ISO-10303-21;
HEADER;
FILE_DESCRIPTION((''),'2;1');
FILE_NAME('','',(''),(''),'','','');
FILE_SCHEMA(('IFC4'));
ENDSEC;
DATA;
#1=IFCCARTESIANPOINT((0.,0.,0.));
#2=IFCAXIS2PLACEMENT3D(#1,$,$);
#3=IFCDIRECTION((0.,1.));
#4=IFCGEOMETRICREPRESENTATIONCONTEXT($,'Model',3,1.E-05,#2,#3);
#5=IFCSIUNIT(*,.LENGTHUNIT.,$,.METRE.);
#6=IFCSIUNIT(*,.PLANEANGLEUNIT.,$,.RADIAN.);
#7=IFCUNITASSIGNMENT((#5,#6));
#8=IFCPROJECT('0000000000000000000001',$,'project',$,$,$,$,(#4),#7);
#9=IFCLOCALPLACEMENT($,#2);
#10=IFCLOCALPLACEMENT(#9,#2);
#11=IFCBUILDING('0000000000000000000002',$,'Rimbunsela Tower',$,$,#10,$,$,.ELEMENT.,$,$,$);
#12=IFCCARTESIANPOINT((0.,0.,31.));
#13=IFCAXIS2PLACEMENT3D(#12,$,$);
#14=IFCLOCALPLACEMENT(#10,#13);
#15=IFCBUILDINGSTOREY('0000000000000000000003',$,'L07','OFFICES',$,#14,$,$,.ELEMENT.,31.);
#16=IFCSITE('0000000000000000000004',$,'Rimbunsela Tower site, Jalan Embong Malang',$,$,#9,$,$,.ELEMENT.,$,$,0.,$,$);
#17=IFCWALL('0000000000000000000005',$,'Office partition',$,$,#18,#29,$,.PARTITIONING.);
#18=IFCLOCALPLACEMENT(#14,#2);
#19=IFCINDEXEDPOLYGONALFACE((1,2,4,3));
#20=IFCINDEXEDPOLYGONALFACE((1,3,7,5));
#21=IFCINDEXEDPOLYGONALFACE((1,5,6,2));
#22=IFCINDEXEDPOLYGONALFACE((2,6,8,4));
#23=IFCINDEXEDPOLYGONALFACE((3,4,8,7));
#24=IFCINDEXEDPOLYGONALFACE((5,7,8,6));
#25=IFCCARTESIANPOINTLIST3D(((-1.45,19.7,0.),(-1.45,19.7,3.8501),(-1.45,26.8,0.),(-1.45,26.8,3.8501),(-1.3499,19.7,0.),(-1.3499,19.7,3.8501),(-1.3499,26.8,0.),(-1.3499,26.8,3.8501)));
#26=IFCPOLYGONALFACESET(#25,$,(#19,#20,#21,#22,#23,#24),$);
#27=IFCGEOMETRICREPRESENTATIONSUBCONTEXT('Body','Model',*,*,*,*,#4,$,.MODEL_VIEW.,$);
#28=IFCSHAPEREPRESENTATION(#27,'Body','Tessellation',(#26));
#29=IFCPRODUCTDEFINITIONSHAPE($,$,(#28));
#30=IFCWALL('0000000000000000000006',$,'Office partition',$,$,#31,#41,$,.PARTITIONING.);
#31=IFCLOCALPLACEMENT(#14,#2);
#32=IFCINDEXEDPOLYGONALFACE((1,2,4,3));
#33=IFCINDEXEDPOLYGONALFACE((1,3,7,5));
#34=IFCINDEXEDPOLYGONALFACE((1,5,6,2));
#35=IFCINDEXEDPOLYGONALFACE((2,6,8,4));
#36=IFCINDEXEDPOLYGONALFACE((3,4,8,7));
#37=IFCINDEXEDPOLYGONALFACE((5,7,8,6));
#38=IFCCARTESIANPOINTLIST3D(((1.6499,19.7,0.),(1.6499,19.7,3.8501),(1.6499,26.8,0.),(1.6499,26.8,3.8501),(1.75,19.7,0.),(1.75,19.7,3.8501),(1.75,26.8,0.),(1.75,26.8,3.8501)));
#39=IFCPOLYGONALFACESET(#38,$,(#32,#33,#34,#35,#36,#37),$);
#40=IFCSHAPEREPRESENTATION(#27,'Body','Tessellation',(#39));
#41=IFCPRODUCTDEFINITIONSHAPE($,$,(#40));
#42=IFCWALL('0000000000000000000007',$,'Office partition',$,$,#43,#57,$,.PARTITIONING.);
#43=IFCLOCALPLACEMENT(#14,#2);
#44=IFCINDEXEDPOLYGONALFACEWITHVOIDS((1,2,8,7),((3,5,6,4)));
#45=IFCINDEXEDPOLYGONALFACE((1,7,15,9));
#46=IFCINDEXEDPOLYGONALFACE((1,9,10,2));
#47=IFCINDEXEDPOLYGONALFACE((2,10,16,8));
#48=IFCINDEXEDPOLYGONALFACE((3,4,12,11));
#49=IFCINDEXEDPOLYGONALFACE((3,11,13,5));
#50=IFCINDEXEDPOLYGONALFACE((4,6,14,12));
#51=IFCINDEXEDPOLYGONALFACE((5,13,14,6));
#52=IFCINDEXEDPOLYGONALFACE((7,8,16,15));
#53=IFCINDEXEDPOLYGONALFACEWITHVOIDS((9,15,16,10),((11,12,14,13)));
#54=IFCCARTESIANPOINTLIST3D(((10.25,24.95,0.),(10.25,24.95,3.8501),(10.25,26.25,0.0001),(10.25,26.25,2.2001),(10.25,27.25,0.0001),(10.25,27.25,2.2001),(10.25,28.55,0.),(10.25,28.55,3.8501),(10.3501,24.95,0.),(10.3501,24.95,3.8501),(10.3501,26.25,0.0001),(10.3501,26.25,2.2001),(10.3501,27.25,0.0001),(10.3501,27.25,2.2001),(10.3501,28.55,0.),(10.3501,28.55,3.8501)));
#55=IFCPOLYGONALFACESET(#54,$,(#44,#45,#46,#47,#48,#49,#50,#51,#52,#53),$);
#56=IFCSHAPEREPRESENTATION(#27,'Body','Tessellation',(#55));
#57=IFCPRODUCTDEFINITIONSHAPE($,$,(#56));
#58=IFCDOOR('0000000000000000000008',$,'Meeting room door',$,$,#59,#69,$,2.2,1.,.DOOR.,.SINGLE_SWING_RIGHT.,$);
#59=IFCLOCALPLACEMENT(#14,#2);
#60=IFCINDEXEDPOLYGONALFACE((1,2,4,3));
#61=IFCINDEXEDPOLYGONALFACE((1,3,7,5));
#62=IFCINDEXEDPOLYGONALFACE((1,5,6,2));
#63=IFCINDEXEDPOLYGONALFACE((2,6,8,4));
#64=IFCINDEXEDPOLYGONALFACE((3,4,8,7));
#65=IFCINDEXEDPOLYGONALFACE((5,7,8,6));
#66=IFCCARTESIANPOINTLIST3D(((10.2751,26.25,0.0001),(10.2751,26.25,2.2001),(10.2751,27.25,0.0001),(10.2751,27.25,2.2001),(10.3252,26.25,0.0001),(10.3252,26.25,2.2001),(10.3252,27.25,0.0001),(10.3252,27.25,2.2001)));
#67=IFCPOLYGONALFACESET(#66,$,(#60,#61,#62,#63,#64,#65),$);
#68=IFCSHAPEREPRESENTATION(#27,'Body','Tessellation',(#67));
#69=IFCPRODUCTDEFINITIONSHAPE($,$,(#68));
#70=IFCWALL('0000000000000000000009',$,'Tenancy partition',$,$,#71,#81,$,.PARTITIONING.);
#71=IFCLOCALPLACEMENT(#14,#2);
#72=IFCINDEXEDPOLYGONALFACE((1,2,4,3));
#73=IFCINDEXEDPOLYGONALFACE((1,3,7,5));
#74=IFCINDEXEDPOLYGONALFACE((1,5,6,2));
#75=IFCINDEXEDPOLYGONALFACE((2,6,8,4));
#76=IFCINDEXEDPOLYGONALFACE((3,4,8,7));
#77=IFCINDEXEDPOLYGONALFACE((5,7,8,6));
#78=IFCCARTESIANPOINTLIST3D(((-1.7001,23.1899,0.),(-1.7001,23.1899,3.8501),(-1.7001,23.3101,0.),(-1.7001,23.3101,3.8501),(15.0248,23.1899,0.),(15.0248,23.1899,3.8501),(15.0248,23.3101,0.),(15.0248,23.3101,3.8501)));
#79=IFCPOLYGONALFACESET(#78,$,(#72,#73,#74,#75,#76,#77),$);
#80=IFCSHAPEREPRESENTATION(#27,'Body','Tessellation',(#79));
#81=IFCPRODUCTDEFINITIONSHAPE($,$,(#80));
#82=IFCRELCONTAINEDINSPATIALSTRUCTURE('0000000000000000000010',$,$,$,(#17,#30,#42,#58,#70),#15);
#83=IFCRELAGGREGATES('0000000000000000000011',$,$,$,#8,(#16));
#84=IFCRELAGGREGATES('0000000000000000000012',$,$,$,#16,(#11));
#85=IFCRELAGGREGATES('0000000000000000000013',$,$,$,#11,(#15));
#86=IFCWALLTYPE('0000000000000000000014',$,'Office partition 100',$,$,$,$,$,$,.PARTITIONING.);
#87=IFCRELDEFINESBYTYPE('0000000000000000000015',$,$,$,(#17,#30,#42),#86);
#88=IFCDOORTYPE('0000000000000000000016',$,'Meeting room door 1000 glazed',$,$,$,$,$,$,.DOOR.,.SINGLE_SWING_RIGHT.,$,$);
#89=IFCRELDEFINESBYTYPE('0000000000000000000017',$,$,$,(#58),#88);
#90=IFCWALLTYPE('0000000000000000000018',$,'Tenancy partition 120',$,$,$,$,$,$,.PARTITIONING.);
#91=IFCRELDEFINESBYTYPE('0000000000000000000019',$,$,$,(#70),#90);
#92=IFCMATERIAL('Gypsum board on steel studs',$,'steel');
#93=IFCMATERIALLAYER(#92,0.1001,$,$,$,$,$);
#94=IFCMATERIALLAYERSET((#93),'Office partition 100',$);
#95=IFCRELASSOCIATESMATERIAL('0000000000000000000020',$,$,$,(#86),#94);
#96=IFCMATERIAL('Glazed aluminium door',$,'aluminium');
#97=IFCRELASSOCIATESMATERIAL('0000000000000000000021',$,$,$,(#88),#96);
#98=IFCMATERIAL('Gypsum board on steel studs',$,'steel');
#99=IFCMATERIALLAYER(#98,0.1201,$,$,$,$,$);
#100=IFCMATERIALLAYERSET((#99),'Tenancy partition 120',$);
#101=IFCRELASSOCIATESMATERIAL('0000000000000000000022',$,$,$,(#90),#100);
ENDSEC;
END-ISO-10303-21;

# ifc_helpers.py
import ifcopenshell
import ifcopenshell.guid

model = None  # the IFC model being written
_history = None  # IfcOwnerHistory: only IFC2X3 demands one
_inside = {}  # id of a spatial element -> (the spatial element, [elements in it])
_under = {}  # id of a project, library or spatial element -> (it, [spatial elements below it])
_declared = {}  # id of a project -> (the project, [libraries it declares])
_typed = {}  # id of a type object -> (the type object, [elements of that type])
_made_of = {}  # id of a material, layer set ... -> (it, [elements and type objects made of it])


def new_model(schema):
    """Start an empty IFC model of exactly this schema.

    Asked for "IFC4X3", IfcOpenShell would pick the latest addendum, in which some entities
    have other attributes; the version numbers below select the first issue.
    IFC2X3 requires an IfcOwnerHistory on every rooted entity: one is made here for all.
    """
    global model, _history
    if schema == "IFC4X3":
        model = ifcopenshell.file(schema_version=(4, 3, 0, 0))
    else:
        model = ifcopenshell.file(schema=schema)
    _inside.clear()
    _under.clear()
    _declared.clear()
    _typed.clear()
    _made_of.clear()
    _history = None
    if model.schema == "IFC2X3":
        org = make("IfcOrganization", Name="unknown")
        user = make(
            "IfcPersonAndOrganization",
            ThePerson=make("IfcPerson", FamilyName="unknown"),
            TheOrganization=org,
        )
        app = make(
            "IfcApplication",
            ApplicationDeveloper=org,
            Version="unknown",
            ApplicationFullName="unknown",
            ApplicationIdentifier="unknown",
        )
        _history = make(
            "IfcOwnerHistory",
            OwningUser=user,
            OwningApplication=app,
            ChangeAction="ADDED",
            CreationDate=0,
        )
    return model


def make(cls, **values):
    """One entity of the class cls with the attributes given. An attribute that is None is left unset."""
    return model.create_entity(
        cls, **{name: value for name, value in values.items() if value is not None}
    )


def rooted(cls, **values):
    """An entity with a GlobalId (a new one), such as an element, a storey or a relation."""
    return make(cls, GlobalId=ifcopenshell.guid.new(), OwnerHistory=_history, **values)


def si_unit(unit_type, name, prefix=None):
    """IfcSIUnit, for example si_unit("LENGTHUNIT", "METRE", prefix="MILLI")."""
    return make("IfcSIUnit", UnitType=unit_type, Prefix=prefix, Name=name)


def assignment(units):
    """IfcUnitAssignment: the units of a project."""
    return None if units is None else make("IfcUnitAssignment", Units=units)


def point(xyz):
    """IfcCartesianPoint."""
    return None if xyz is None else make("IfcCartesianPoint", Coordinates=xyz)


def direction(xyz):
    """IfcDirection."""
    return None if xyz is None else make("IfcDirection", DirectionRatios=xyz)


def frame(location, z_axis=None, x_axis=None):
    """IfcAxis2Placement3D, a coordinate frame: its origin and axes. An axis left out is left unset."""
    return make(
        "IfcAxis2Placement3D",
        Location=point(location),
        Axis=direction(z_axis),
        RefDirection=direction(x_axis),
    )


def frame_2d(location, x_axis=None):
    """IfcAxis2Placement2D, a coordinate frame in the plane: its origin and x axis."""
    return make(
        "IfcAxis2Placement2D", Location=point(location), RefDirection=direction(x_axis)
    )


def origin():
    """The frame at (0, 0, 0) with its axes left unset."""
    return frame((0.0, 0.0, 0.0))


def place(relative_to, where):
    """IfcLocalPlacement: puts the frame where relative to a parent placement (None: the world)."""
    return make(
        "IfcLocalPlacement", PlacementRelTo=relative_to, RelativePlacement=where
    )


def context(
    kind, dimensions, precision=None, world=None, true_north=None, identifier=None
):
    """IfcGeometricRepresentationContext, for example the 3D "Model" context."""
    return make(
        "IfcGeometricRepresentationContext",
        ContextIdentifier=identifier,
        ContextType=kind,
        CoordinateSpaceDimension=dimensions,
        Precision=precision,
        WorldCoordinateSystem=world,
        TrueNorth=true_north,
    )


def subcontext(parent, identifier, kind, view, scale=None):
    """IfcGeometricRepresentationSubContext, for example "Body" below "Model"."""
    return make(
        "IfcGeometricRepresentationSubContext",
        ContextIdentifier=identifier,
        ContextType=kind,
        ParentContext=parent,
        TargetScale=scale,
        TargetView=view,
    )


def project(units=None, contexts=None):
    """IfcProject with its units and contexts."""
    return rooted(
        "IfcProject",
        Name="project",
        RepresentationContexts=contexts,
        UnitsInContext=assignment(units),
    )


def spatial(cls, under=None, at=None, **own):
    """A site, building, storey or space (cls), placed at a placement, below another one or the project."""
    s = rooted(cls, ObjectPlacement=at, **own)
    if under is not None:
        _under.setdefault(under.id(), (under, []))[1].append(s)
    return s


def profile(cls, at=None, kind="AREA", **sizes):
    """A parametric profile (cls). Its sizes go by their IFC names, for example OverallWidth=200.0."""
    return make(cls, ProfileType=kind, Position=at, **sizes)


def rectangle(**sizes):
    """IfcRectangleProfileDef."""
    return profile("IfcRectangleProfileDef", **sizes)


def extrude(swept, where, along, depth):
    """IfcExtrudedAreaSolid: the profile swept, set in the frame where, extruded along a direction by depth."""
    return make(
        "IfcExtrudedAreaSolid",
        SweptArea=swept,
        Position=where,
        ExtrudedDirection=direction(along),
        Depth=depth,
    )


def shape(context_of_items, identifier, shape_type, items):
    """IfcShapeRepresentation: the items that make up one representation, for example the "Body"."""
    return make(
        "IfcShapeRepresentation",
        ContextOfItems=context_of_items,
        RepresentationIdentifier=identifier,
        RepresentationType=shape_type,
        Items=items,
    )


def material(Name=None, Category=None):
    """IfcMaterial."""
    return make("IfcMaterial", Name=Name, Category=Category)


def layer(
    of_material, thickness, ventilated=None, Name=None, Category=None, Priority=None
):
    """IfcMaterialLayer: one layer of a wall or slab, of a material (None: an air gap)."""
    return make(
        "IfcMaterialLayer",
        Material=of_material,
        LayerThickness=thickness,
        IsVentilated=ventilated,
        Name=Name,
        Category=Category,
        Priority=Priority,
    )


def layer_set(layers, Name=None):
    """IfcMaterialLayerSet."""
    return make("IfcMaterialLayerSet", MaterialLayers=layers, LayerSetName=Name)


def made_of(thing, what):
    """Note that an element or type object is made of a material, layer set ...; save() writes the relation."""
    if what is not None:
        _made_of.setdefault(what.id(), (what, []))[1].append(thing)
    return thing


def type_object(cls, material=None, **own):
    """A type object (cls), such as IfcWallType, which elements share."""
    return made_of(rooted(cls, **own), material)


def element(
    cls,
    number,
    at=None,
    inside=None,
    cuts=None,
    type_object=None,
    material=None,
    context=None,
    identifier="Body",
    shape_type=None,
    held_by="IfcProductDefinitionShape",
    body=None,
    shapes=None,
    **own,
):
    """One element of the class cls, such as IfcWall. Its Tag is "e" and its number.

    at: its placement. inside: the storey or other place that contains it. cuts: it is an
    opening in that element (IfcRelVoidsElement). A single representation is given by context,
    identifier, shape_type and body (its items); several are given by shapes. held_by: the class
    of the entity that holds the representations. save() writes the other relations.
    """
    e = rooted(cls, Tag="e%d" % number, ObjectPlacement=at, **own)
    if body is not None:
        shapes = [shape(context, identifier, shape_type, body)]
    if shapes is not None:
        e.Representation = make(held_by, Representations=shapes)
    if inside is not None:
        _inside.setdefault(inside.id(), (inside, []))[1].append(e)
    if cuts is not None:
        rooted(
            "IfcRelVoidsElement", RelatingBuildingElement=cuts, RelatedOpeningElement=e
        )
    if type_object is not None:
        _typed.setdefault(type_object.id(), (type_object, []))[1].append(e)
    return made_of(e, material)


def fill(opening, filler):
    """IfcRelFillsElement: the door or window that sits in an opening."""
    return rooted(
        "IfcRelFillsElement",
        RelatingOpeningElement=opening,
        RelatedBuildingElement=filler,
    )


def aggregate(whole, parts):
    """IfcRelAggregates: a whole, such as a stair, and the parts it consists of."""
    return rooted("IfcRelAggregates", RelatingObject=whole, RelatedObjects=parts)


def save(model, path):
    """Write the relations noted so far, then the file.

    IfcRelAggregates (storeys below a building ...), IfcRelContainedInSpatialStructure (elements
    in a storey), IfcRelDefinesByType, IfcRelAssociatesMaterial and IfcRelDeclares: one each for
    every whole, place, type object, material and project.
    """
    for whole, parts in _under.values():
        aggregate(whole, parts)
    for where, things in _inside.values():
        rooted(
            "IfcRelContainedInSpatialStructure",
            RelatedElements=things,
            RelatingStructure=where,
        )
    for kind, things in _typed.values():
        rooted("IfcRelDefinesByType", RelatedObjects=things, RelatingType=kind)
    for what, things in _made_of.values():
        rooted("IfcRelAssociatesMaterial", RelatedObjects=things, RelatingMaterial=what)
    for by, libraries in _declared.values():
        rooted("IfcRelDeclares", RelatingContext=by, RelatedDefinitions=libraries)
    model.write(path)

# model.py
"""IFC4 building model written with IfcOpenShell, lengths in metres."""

from ifc_helpers import new_model, si_unit, direction, frame, frame_2d, origin, place, context, subcontext, project, spatial, rectangle, extrude, material, layer, layer_set, type_object, element, fill, save


model = new_model("IFC4")

# Units and contexts
model_context = context("Model", 3, precision=1e-05, world=origin(), true_north=direction((0.0, 1.0)))
body_context = subcontext(model_context, "Body", "Model", "MODEL_VIEW")
ifc_project = project(units=[si_unit("LENGTHUNIT", "METRE"), si_unit("PLANEANGLEUNIT", "RADIAN")], contexts=[model_context])

# Site, building, storey
site_placement = place(None, origin())
site = spatial("IfcSite", under=ifc_project, at=site_placement, Name="Rimbunsela Tower site, Jalan Embong Malang", CompositionType="ELEMENT", RefElevation=0.0)
building_placement = place(site_placement, origin())
building = spatial("IfcBuilding", under=site, at=building_placement, Name="Rimbunsela Tower", CompositionType="ELEMENT")
storey_placement = place(building_placement, frame((0.0, 0.0, 31.0)))
storey = spatial("IfcBuildingStorey", under=building, at=storey_placement, Name="L07", Description="OFFICES", CompositionType="ELEMENT", Elevation=31.0)

# Shared definitions
ifc_material_1 = material(Name="Gypsum board on steel studs", Category="steel")
ifc_layer_1 = layer(ifc_material_1, 0.1001)
ifc_layer_set_1 = layer_set([ifc_layer_1], Name="Office partition 100")
wall_type_1 = type_object("IfcWallType", Name="Office partition 100", PredefinedType="PARTITIONING", material=ifc_layer_set_1)

# Walls
for number, where, z_axis, x_axis, name in (
    (1, (-1.3999, 19.7, 0.0), (0.0, 0.0, 1.0), (0.0, 1.0, 0.0), "Office partition"),
    (2, (1.7, 19.7, 0.0), (0.0, 0.0, 1.0), (0.0, 1.0, 0.0), "Office partition"),
):
    element("IfcWall", number, at=place(storey_placement, frame(where, z_axis=z_axis, x_axis=x_axis)), inside=storey, type_object=wall_type_1, Name=name, PredefinedType="PARTITIONING", context=body_context, shape_type="SweptSolid", body=[
        extrude(rectangle(XDim=7.1001, YDim=0.1001, at=frame_2d((3.55, 0.0))), origin(), (0.0, 0.0, 1.0), 3.8501),
    ])

# Wall, opening, door
wall_1_placement = place(storey_placement, frame((10.3, 24.95, 0.0), z_axis=(0.0, 0.0, 1.0), x_axis=(0.0, 1.0, 0.0)))
wall_1 = element("IfcWall", 3, at=wall_1_placement, inside=storey, type_object=wall_type_1, Name="Office partition", PredefinedType="PARTITIONING", context=body_context, shape_type="SweptSolid", body=[
    extrude(rectangle(XDim=3.6001, YDim=0.1001, at=frame_2d((1.8, 0.0))), origin(), (0.0, 0.0, 1.0), 3.8501),
])
opening_1_placement = place(wall_1_placement, frame((1.3, 0.0, 0.0)))
opening_1 = element("IfcOpeningElement", 4, at=opening_1_placement, cuts=wall_1, PredefinedType="OPENING", context=body_context, shape_type="SweptSolid", body=[
    extrude(rectangle(XDim=1.0, YDim=2.2, at=frame_2d((0.5, 1.1001))), frame((0.0, 0.0601, 0.0), z_axis=(0.0, -1.0, 0.0), x_axis=(1.0, 0.0, 0.0)), (0.0, 0.0, 1.0), 0.1201),
])
ifc_material_2 = material(Name="Glazed aluminium door", Category="aluminium")
door_type_1 = type_object("IfcDoorType", Name="Meeting room door 1000 glazed", OperationType="SINGLE_SWING_RIGHT", PredefinedType="DOOR", material=ifc_material_2)
door_1_placement = place(opening_1_placement, origin())
door_1 = element("IfcDoor", 5, at=door_1_placement, inside=storey, type_object=door_type_1, Name="Meeting room door", OperationType="SINGLE_SWING_RIGHT", OverallHeight=2.2, OverallWidth=1.0, PredefinedType="DOOR", context=body_context, shape_type="SweptSolid", body=[
    extrude(rectangle(XDim=1.0, YDim=2.2, at=frame_2d((0.5, 1.1001))), frame((0.0, 0.0249, 0.0), z_axis=(0.0, -1.0, 0.0), x_axis=(1.0, 0.0, 0.0)), (0.0, 0.0, 1.0), 0.05),
])
fill(opening_1, door_1)

# Wall
ifc_material_3 = material(Name="Gypsum board on steel studs", Category="steel")
ifc_layer_2 = layer(ifc_material_3, 0.1201)
ifc_layer_set_2 = layer_set([ifc_layer_2], Name="Tenancy partition 120")
wall_type_2 = type_object("IfcWallType", Name="Tenancy partition 120", PredefinedType="PARTITIONING", material=ifc_layer_set_2)
wall_2_placement = place(storey_placement, frame((-1.7, 23.25, 0.0), z_axis=(0.0, 0.0, 1.0), x_axis=(1.0, 0.0, 0.0)))
element("IfcWall", 6, at=wall_2_placement, inside=storey, type_object=wall_type_2, Name="Tenancy partition", PredefinedType="PARTITIONING", context=body_context, shape_type="SweptSolid", body=[
    extrude(rectangle(XDim=16.7249, YDim=0.1201, at=frame_2d((8.3623, 0.0))), origin(), (0.0, 0.0, 1.0), 3.8501),
])

save(model, "model.ifc")
